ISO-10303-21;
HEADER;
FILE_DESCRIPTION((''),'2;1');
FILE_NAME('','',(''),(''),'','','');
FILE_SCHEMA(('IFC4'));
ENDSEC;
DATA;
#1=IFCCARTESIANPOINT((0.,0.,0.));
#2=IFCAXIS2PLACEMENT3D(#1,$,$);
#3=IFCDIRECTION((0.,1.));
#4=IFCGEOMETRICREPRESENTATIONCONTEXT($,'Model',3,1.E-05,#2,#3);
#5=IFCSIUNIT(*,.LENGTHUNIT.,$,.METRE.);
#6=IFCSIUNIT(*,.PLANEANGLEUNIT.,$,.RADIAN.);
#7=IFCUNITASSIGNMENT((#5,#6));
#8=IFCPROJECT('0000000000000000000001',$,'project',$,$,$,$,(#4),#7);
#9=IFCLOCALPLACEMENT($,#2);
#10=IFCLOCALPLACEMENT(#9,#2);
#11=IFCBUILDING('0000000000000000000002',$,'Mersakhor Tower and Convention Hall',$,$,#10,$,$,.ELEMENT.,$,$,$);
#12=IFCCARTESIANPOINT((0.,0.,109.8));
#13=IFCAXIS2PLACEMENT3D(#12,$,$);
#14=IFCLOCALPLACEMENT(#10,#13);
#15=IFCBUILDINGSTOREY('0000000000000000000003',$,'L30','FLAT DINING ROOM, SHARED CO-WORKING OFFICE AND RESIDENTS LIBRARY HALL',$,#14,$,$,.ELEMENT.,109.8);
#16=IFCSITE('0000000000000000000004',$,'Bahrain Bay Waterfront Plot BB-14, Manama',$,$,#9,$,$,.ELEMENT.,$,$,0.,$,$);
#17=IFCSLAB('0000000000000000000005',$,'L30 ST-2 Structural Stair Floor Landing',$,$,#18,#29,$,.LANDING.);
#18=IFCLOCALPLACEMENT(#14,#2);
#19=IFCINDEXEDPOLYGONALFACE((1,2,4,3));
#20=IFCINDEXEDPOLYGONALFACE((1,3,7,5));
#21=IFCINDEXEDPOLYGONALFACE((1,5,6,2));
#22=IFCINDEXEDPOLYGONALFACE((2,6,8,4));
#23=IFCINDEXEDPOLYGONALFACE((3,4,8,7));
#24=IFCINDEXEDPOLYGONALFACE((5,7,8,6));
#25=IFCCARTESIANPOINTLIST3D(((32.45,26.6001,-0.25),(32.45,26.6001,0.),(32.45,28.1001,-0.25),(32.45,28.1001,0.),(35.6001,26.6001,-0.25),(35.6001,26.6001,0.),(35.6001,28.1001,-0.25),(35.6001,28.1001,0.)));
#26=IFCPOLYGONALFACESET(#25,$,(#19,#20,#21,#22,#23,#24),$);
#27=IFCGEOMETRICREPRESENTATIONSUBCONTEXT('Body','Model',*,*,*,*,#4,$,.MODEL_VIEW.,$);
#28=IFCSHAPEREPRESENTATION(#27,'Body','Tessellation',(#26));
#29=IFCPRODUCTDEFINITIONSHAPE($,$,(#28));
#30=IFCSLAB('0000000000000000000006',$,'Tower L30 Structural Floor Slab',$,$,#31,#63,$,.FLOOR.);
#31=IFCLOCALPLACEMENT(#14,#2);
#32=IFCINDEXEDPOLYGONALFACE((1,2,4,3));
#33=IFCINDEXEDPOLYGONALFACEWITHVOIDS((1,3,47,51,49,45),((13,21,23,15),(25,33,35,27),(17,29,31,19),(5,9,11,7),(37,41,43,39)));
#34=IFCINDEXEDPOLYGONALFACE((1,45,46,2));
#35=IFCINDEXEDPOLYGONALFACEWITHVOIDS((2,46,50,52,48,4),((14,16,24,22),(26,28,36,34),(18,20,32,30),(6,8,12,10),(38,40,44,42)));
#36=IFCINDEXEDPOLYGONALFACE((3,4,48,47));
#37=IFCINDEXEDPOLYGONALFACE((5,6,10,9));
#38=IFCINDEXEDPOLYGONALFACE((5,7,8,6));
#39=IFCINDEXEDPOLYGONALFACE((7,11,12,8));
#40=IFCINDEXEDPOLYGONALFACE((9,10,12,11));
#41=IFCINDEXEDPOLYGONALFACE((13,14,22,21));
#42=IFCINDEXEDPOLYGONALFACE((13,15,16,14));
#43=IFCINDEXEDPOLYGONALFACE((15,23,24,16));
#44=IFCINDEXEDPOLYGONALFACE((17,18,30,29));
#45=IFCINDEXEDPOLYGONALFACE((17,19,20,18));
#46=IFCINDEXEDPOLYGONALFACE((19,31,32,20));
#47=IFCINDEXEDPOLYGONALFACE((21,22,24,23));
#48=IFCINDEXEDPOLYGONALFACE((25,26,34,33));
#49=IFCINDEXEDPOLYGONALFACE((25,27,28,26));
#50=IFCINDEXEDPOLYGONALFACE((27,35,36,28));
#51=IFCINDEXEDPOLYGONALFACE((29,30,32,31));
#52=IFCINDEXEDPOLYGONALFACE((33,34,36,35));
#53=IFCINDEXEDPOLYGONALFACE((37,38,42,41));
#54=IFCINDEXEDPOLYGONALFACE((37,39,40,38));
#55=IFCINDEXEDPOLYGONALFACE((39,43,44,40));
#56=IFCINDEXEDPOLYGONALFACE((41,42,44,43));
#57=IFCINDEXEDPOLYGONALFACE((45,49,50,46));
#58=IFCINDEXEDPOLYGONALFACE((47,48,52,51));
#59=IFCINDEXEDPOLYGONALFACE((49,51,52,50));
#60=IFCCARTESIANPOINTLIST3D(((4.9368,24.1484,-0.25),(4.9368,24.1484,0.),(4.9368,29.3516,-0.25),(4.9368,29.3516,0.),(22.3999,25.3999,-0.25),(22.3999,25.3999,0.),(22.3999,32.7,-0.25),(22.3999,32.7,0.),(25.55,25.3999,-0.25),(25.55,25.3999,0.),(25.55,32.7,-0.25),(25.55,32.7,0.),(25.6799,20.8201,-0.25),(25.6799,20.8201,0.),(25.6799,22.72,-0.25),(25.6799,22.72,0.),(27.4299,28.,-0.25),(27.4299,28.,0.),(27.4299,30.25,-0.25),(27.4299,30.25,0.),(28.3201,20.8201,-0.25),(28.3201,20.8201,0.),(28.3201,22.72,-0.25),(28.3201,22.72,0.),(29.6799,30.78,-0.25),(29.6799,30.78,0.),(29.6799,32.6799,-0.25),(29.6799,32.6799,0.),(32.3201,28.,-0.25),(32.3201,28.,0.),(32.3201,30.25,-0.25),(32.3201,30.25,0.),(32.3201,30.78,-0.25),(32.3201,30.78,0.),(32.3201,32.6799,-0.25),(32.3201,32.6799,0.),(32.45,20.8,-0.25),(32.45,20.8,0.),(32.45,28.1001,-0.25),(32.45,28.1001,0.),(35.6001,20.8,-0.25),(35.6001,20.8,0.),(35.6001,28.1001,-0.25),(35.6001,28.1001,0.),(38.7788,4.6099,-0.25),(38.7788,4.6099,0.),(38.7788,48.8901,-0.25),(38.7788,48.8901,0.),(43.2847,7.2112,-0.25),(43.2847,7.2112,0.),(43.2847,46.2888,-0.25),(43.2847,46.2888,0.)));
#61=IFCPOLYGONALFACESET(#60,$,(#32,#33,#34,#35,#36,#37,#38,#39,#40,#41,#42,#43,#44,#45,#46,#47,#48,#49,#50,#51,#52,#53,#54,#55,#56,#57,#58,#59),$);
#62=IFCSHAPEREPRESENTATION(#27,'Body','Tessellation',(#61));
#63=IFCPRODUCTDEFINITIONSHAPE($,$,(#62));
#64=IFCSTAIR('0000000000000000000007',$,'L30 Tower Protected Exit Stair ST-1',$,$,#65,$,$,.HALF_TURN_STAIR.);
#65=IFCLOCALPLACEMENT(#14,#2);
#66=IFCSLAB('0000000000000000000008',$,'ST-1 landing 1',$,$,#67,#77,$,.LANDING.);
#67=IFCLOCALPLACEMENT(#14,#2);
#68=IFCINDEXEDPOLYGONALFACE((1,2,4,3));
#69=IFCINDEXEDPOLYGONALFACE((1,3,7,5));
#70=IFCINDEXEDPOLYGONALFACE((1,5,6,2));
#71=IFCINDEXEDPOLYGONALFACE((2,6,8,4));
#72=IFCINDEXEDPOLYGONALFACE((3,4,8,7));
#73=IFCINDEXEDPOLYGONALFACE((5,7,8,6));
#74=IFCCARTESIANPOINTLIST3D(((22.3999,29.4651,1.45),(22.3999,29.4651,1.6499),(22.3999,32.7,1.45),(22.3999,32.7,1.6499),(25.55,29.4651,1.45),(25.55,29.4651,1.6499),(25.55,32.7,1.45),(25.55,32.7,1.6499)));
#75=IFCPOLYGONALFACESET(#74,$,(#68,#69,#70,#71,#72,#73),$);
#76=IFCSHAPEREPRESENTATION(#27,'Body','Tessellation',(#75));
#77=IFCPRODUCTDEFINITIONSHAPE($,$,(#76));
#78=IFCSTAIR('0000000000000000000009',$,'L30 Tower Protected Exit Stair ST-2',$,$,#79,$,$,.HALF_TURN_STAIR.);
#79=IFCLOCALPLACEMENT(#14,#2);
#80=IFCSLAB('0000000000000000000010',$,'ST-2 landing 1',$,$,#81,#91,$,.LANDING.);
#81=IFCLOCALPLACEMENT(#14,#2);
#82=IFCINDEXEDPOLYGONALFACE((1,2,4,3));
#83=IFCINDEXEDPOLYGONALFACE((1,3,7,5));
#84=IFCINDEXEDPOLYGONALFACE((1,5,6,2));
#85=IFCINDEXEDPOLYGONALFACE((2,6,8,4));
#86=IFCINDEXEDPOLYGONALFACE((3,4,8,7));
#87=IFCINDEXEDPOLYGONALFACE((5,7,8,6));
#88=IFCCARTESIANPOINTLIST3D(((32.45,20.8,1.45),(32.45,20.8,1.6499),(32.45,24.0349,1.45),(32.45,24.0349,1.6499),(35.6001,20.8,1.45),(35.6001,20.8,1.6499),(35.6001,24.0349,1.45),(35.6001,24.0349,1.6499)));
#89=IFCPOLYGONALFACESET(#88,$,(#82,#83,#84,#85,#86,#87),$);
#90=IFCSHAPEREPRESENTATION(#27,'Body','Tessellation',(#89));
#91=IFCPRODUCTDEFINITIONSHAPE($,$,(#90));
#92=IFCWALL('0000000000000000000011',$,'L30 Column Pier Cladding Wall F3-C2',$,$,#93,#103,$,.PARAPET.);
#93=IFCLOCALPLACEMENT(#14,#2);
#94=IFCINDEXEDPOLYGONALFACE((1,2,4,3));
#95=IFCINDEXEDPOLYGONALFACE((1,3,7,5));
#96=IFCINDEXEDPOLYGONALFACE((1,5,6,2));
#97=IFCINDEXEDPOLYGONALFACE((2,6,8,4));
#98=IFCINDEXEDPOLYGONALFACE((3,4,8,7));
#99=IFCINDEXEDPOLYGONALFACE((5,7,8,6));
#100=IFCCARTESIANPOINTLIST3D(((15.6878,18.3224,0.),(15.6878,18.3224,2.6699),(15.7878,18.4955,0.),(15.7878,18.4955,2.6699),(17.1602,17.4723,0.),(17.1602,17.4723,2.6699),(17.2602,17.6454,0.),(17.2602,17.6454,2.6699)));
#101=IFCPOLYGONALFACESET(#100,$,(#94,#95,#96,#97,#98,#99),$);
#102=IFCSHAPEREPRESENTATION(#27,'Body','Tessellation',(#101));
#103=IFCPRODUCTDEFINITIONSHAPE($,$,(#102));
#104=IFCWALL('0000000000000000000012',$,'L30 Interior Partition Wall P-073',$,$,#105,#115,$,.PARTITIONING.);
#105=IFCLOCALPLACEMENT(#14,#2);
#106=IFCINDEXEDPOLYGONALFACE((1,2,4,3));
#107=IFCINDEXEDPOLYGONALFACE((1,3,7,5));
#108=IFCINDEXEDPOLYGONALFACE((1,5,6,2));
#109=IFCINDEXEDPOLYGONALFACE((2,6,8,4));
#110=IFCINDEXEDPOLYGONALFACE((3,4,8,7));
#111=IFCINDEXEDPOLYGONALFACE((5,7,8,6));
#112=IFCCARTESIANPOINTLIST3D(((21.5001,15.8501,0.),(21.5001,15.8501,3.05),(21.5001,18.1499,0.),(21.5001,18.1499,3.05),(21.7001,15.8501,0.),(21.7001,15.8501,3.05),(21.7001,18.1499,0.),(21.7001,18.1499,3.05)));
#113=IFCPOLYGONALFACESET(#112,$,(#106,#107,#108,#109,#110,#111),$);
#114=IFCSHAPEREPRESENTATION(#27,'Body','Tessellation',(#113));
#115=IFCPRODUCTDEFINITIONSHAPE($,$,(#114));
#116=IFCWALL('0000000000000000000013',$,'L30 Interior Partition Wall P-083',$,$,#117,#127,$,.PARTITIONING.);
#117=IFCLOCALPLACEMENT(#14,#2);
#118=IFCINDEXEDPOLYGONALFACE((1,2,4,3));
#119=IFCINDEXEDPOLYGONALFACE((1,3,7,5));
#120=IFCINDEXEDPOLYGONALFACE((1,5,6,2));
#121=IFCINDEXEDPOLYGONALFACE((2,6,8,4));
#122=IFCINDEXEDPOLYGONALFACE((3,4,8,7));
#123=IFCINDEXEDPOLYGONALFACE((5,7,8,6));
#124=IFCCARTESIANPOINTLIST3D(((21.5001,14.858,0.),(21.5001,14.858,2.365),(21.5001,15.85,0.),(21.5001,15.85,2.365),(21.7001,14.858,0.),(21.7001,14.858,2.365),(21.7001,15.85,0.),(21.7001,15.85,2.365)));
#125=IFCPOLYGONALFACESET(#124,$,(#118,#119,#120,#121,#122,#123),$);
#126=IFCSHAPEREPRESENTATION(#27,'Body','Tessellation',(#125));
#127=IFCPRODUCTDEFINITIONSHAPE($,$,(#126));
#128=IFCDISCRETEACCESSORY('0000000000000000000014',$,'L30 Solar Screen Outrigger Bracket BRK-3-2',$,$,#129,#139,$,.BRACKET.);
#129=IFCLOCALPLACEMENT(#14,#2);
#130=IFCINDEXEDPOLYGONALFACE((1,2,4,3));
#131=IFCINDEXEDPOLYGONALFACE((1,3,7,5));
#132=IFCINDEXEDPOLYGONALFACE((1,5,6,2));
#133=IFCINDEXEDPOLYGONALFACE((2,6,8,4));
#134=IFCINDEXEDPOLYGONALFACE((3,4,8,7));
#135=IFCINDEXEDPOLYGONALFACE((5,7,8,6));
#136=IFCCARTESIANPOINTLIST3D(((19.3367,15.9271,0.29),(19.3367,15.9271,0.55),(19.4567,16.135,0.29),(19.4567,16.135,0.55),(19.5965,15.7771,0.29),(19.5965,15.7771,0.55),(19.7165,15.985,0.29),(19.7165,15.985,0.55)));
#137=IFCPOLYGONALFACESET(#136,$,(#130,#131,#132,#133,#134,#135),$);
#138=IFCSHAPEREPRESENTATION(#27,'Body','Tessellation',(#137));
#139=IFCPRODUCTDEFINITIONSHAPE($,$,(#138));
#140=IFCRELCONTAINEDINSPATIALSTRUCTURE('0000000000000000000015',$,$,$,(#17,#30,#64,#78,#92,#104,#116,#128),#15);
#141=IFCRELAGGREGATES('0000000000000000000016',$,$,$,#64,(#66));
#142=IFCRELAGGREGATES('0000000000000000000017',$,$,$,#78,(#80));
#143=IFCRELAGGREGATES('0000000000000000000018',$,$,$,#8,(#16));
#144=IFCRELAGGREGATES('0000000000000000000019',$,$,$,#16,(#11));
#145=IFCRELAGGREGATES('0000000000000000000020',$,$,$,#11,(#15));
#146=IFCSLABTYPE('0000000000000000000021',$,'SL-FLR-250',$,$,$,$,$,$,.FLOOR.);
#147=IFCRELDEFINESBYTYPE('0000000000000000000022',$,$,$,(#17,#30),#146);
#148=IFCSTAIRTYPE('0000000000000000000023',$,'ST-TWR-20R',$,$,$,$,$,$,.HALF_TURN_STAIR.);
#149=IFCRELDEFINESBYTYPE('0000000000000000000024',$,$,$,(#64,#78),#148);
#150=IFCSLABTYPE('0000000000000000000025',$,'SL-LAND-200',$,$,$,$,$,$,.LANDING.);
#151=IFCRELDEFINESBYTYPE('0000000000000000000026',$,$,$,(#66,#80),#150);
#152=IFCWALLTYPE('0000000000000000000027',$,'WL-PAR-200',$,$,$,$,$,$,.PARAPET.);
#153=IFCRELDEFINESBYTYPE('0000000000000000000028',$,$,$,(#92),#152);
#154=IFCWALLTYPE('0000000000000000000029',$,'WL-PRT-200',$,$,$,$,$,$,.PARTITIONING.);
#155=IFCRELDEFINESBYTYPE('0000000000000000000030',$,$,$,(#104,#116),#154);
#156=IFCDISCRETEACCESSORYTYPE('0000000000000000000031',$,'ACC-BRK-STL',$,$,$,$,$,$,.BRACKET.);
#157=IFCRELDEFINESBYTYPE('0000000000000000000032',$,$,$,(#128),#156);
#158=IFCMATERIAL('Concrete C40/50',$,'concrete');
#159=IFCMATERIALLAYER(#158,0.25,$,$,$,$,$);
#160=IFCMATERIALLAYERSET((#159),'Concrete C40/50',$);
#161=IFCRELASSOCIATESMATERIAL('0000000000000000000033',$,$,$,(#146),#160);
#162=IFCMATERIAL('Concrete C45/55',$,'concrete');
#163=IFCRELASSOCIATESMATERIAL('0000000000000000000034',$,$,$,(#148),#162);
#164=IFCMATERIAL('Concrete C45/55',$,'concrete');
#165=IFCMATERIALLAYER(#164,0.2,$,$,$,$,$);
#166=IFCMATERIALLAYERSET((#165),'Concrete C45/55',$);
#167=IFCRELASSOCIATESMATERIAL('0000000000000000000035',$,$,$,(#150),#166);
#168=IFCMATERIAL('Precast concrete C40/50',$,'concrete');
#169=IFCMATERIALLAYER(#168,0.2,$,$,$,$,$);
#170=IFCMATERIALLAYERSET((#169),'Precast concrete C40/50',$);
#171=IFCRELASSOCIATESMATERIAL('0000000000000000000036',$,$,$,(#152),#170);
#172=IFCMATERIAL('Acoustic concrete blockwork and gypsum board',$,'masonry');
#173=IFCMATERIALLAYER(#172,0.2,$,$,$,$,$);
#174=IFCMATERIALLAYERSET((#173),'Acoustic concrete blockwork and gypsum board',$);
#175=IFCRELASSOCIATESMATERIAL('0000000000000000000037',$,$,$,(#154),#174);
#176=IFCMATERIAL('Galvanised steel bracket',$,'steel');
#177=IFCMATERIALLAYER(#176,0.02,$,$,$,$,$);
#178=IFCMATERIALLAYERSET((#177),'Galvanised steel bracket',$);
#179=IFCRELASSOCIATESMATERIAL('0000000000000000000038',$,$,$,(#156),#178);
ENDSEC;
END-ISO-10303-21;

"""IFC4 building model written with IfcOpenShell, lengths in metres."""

from ifc_helpers import new_model, si_unit, direction, frame, frame_2d, origin, origin_2d, place, context, subcontext, project, spatial, polyline, rectangle, outline, extrude, material, layer, layer_set, type_object, element, aggregate, save


model = new_model("IFC4")

# Units and contexts
model_context = context("Model", 3, precision=1e-05, world=origin(), true_north=direction((0.0, 1.0)))
body_context = subcontext(model_context, "Body", "Model", "MODEL_VIEW")
ifc_project = project(units=[si_unit("LENGTHUNIT", "METRE"), si_unit("PLANEANGLEUNIT", "RADIAN")], contexts=[model_context])

# Site, building, storey
site_placement = place(None, origin())
site = spatial("IfcSite", under=ifc_project, at=site_placement, Name="Bahrain Bay Waterfront Plot BB-14, Manama", CompositionType="ELEMENT", RefElevation=0.0)
building_placement = place(site_placement, origin())
building = spatial("IfcBuilding", under=site, at=building_placement, Name="Mersakhor Tower and Convention Hall", CompositionType="ELEMENT")
storey_placement = place(building_placement, frame((0.0, 0.0, 109.8)))
storey = spatial("IfcBuildingStorey", under=building, at=storey_placement, Name="L30", Description="FLAT DINING ROOM, SHARED CO-WORKING OFFICE AND RESIDENTS LIBRARY HALL", CompositionType="ELEMENT", Elevation=109.8)

# Slabs
ifc_material_1 = material(Name="Concrete C40/50", Category="concrete")
ifc_layer_1 = layer(ifc_material_1, 0.25)
ifc_layer_set_1 = layer_set([ifc_layer_1], Name="Concrete C40/50")
slab_type_1 = type_object("IfcSlabType", Name="SL-FLR-250", PredefinedType="FLOOR", material=ifc_layer_set_1)
slab_1_placement = place(storey_placement, frame((0.0, 0.0, -0.25)))
element("IfcSlab", 1, at=slab_1_placement, inside=storey, type_object=slab_type_1, Name="L30 ST-2 Structural Stair Floor Landing", PredefinedType="LANDING", context=body_context, shape_type="SweptSolid", body=[
    extrude(outline(polyline([(32.45, 28.1001), (32.45, 26.6001), (35.6001, 26.6001), (35.6001, 28.1001), (32.45, 28.1001)])), origin(), (0.0, 0.0, 1.0), 0.25),
])
slab_2_placement = place(storey_placement, frame((0.0, 0.0, -0.25)))
element("IfcSlab", 2, at=slab_2_placement, inside=storey, type_object=slab_type_1, Name="Tower L30 Structural Floor Slab", PredefinedType="FLOOR", context=body_context, shape_type="SweptSolid", body=[
    extrude(outline(polyline([(4.9368, 29.3516), (38.7788, 48.8901), (43.2847, 46.2888), (43.2847, 7.2112), (38.7788, 4.6099), (4.9368, 24.1484), (4.9368, 29.3516)]), holes=[polyline([(25.55, 25.3999), (25.55, 32.7), (22.3999, 32.7), (22.3999, 25.3999), (25.55, 25.3999)]), polyline([(32.45, 28.1001), (32.45, 20.8), (35.6001, 20.8), (35.6001, 28.1001), (32.45, 28.1001)]), polyline([(25.6799, 20.8201), (25.6799, 22.72), (28.3201, 22.72), (28.3201, 20.8201), (25.6799, 20.8201)]), polyline([(29.6799, 30.78), (29.6799, 32.6799), (32.3201, 32.6799), (32.3201, 30.78), (29.6799, 30.78)]), polyline([(27.4299, 28.0), (27.4299, 30.25), (32.3201, 30.25), (32.3201, 28.0), (27.4299, 28.0)])]), origin(), (0.0, 0.0, 1.0), 0.25),
])

# Stairs, slabs
ifc_material_2 = material(Name="Concrete C45/55", Category="concrete")
stair_type = type_object("IfcStairType", Name="ST-TWR-20R", PredefinedType="HALF_TURN_STAIR", material=ifc_material_2)
stair_1_placement = place(storey_placement, origin())
stair_1 = element("IfcStair", 3, at=stair_1_placement, inside=storey, type_object=stair_type, Name="L30 Tower Protected Exit Stair ST-1", PredefinedType="HALF_TURN_STAIR")
ifc_material_3 = material(Name="Concrete C45/55", Category="concrete")
ifc_layer_2 = layer(ifc_material_3, 0.2)
ifc_layer_set_2 = layer_set([ifc_layer_2], Name="Concrete C45/55")
slab_type_2 = type_object("IfcSlabType", Name="SL-LAND-200", PredefinedType="LANDING", material=ifc_layer_set_2)
slab_3_placement = place(storey_placement, frame((0.0, 0.0, 1.45)))
slab_3 = element("IfcSlab", 4, at=slab_3_placement, type_object=slab_type_2, Name="ST-1 landing 1", PredefinedType="LANDING", context=body_context, shape_type="SweptSolid", body=[
    extrude(outline(polyline([(25.55, 29.4651), (25.55, 32.7), (22.3999, 32.7), (22.3999, 29.4651), (25.55, 29.4651)])), origin(), (0.0, 0.0, 1.0), 0.2),
])
aggregate(stair_1, [slab_3])
stair_2_placement = place(storey_placement, origin())
stair_2 = element("IfcStair", 5, at=stair_2_placement, inside=storey, type_object=stair_type, Name="L30 Tower Protected Exit Stair ST-2", PredefinedType="HALF_TURN_STAIR")
slab_4_placement = place(storey_placement, frame((0.0, 0.0, 1.45)))
slab_4 = element("IfcSlab", 6, at=slab_4_placement, type_object=slab_type_2, Name="ST-2 landing 1", PredefinedType="LANDING", context=body_context, shape_type="SweptSolid", body=[
    extrude(outline(polyline([(32.45, 24.0349), (32.45, 20.8), (35.6001, 20.8), (35.6001, 24.0349), (32.45, 24.0349)])), origin(), (0.0, 0.0, 1.0), 0.2),
])
aggregate(stair_2, [slab_4])

# Walls
ifc_material_4 = material(Name="Precast concrete C40/50", Category="concrete")
ifc_layer_3 = layer(ifc_material_4, 0.2)
ifc_layer_set_3 = layer_set([ifc_layer_3], Name="Precast concrete C40/50")
wall_type_1 = type_object("IfcWallType", Name="WL-PAR-200", PredefinedType="PARAPET", material=ifc_layer_set_3)
wall_1_placement = place(storey_placement, frame((17.2102, 17.5588, 0.0), z_axis=(0.0, 0.0, 1.0), x_axis=(-0.866025, 0.5, 0.0)))
element("IfcWall", 7, at=wall_1_placement, inside=storey, type_object=wall_type_1, Name="L30 Column Pier Cladding Wall F3-C2", PredefinedType="PARAPET", context=body_context, shape_type="SweptSolid", body=[
    extrude(rectangle(XDim=1.7002, YDim=0.2, at=frame_2d((0.8501, 0.0))), origin(), (0.0, 0.0, 1.0), 2.6699),
])
ifc_material_5 = material(Name="Acoustic concrete blockwork and gypsum board", Category="masonry")
ifc_layer_4 = layer(ifc_material_5, 0.2)
ifc_layer_set_4 = layer_set([ifc_layer_4], Name="Acoustic concrete blockwork and gypsum board")
wall_type_2 = type_object("IfcWallType", Name="WL-PRT-200", PredefinedType="PARTITIONING", material=ifc_layer_set_4)
wall_2_placement = place(storey_placement, frame((21.6001, 15.8501, 0.0), z_axis=(0.0, 0.0, 1.0), x_axis=(0.0, 1.0, 0.0)))
element("IfcWall", 8, at=wall_2_placement, inside=storey, type_object=wall_type_2, Name="L30 Interior Partition Wall P-073", PredefinedType="PARTITIONING", context=body_context, shape_type="SweptSolid", body=[
    extrude(rectangle(XDim=2.2998, YDim=0.2, at=frame_2d((1.1499, 0.0))), origin(), (0.0, 0.0, 1.0), 3.05),
])
wall_3_placement = place(storey_placement, frame((21.6001, 15.8501, 0.0), z_axis=(0.0, 0.0, 1.0), x_axis=(0.0, -1.0, 0.0)))
element("IfcWall", 9, at=wall_3_placement, inside=storey, type_object=wall_type_2, Name="L30 Interior Partition Wall P-083", PredefinedType="PARTITIONING", context=body_context, shape_type="SweptSolid", body=[
    extrude(rectangle(XDim=0.9919, YDim=0.2, at=frame_2d((0.4961, 0.0))), origin(), (0.0, 0.0, 1.0), 2.365),
])

# Discrete accessory
ifc_material_6 = material(Name="Galvanised steel bracket", Category="steel")
ifc_layer_5 = layer(ifc_material_6, 0.02)
ifc_layer_set_5 = layer_set([ifc_layer_5], Name="Galvanised steel bracket")
discrete_accessory_type = type_object("IfcDiscreteAccessoryType", Name="ACC-BRK-STL", PredefinedType="BRACKET", material=ifc_layer_set_5)
discrete_accessory_placement = place(storey_placement, frame((19.5266, 15.9561, 0.29), z_axis=(0.0, 0.0, 1.0), x_axis=(-0.866025, 0.5, 0.0)))
element("IfcDiscreteAccessory", 10, at=discrete_accessory_placement, inside=storey, type_object=discrete_accessory_type, Name="L30 Solar Screen Outrigger Bracket BRK-3-2", PredefinedType="BRACKET", context=body_context, shape_type="SweptSolid", body=[
    extrude(rectangle(XDim=0.3, YDim=0.24, at=origin_2d()), origin(), (0.0, 0.0, 1.0), 0.26),
])

save(model, "model.ifc")
